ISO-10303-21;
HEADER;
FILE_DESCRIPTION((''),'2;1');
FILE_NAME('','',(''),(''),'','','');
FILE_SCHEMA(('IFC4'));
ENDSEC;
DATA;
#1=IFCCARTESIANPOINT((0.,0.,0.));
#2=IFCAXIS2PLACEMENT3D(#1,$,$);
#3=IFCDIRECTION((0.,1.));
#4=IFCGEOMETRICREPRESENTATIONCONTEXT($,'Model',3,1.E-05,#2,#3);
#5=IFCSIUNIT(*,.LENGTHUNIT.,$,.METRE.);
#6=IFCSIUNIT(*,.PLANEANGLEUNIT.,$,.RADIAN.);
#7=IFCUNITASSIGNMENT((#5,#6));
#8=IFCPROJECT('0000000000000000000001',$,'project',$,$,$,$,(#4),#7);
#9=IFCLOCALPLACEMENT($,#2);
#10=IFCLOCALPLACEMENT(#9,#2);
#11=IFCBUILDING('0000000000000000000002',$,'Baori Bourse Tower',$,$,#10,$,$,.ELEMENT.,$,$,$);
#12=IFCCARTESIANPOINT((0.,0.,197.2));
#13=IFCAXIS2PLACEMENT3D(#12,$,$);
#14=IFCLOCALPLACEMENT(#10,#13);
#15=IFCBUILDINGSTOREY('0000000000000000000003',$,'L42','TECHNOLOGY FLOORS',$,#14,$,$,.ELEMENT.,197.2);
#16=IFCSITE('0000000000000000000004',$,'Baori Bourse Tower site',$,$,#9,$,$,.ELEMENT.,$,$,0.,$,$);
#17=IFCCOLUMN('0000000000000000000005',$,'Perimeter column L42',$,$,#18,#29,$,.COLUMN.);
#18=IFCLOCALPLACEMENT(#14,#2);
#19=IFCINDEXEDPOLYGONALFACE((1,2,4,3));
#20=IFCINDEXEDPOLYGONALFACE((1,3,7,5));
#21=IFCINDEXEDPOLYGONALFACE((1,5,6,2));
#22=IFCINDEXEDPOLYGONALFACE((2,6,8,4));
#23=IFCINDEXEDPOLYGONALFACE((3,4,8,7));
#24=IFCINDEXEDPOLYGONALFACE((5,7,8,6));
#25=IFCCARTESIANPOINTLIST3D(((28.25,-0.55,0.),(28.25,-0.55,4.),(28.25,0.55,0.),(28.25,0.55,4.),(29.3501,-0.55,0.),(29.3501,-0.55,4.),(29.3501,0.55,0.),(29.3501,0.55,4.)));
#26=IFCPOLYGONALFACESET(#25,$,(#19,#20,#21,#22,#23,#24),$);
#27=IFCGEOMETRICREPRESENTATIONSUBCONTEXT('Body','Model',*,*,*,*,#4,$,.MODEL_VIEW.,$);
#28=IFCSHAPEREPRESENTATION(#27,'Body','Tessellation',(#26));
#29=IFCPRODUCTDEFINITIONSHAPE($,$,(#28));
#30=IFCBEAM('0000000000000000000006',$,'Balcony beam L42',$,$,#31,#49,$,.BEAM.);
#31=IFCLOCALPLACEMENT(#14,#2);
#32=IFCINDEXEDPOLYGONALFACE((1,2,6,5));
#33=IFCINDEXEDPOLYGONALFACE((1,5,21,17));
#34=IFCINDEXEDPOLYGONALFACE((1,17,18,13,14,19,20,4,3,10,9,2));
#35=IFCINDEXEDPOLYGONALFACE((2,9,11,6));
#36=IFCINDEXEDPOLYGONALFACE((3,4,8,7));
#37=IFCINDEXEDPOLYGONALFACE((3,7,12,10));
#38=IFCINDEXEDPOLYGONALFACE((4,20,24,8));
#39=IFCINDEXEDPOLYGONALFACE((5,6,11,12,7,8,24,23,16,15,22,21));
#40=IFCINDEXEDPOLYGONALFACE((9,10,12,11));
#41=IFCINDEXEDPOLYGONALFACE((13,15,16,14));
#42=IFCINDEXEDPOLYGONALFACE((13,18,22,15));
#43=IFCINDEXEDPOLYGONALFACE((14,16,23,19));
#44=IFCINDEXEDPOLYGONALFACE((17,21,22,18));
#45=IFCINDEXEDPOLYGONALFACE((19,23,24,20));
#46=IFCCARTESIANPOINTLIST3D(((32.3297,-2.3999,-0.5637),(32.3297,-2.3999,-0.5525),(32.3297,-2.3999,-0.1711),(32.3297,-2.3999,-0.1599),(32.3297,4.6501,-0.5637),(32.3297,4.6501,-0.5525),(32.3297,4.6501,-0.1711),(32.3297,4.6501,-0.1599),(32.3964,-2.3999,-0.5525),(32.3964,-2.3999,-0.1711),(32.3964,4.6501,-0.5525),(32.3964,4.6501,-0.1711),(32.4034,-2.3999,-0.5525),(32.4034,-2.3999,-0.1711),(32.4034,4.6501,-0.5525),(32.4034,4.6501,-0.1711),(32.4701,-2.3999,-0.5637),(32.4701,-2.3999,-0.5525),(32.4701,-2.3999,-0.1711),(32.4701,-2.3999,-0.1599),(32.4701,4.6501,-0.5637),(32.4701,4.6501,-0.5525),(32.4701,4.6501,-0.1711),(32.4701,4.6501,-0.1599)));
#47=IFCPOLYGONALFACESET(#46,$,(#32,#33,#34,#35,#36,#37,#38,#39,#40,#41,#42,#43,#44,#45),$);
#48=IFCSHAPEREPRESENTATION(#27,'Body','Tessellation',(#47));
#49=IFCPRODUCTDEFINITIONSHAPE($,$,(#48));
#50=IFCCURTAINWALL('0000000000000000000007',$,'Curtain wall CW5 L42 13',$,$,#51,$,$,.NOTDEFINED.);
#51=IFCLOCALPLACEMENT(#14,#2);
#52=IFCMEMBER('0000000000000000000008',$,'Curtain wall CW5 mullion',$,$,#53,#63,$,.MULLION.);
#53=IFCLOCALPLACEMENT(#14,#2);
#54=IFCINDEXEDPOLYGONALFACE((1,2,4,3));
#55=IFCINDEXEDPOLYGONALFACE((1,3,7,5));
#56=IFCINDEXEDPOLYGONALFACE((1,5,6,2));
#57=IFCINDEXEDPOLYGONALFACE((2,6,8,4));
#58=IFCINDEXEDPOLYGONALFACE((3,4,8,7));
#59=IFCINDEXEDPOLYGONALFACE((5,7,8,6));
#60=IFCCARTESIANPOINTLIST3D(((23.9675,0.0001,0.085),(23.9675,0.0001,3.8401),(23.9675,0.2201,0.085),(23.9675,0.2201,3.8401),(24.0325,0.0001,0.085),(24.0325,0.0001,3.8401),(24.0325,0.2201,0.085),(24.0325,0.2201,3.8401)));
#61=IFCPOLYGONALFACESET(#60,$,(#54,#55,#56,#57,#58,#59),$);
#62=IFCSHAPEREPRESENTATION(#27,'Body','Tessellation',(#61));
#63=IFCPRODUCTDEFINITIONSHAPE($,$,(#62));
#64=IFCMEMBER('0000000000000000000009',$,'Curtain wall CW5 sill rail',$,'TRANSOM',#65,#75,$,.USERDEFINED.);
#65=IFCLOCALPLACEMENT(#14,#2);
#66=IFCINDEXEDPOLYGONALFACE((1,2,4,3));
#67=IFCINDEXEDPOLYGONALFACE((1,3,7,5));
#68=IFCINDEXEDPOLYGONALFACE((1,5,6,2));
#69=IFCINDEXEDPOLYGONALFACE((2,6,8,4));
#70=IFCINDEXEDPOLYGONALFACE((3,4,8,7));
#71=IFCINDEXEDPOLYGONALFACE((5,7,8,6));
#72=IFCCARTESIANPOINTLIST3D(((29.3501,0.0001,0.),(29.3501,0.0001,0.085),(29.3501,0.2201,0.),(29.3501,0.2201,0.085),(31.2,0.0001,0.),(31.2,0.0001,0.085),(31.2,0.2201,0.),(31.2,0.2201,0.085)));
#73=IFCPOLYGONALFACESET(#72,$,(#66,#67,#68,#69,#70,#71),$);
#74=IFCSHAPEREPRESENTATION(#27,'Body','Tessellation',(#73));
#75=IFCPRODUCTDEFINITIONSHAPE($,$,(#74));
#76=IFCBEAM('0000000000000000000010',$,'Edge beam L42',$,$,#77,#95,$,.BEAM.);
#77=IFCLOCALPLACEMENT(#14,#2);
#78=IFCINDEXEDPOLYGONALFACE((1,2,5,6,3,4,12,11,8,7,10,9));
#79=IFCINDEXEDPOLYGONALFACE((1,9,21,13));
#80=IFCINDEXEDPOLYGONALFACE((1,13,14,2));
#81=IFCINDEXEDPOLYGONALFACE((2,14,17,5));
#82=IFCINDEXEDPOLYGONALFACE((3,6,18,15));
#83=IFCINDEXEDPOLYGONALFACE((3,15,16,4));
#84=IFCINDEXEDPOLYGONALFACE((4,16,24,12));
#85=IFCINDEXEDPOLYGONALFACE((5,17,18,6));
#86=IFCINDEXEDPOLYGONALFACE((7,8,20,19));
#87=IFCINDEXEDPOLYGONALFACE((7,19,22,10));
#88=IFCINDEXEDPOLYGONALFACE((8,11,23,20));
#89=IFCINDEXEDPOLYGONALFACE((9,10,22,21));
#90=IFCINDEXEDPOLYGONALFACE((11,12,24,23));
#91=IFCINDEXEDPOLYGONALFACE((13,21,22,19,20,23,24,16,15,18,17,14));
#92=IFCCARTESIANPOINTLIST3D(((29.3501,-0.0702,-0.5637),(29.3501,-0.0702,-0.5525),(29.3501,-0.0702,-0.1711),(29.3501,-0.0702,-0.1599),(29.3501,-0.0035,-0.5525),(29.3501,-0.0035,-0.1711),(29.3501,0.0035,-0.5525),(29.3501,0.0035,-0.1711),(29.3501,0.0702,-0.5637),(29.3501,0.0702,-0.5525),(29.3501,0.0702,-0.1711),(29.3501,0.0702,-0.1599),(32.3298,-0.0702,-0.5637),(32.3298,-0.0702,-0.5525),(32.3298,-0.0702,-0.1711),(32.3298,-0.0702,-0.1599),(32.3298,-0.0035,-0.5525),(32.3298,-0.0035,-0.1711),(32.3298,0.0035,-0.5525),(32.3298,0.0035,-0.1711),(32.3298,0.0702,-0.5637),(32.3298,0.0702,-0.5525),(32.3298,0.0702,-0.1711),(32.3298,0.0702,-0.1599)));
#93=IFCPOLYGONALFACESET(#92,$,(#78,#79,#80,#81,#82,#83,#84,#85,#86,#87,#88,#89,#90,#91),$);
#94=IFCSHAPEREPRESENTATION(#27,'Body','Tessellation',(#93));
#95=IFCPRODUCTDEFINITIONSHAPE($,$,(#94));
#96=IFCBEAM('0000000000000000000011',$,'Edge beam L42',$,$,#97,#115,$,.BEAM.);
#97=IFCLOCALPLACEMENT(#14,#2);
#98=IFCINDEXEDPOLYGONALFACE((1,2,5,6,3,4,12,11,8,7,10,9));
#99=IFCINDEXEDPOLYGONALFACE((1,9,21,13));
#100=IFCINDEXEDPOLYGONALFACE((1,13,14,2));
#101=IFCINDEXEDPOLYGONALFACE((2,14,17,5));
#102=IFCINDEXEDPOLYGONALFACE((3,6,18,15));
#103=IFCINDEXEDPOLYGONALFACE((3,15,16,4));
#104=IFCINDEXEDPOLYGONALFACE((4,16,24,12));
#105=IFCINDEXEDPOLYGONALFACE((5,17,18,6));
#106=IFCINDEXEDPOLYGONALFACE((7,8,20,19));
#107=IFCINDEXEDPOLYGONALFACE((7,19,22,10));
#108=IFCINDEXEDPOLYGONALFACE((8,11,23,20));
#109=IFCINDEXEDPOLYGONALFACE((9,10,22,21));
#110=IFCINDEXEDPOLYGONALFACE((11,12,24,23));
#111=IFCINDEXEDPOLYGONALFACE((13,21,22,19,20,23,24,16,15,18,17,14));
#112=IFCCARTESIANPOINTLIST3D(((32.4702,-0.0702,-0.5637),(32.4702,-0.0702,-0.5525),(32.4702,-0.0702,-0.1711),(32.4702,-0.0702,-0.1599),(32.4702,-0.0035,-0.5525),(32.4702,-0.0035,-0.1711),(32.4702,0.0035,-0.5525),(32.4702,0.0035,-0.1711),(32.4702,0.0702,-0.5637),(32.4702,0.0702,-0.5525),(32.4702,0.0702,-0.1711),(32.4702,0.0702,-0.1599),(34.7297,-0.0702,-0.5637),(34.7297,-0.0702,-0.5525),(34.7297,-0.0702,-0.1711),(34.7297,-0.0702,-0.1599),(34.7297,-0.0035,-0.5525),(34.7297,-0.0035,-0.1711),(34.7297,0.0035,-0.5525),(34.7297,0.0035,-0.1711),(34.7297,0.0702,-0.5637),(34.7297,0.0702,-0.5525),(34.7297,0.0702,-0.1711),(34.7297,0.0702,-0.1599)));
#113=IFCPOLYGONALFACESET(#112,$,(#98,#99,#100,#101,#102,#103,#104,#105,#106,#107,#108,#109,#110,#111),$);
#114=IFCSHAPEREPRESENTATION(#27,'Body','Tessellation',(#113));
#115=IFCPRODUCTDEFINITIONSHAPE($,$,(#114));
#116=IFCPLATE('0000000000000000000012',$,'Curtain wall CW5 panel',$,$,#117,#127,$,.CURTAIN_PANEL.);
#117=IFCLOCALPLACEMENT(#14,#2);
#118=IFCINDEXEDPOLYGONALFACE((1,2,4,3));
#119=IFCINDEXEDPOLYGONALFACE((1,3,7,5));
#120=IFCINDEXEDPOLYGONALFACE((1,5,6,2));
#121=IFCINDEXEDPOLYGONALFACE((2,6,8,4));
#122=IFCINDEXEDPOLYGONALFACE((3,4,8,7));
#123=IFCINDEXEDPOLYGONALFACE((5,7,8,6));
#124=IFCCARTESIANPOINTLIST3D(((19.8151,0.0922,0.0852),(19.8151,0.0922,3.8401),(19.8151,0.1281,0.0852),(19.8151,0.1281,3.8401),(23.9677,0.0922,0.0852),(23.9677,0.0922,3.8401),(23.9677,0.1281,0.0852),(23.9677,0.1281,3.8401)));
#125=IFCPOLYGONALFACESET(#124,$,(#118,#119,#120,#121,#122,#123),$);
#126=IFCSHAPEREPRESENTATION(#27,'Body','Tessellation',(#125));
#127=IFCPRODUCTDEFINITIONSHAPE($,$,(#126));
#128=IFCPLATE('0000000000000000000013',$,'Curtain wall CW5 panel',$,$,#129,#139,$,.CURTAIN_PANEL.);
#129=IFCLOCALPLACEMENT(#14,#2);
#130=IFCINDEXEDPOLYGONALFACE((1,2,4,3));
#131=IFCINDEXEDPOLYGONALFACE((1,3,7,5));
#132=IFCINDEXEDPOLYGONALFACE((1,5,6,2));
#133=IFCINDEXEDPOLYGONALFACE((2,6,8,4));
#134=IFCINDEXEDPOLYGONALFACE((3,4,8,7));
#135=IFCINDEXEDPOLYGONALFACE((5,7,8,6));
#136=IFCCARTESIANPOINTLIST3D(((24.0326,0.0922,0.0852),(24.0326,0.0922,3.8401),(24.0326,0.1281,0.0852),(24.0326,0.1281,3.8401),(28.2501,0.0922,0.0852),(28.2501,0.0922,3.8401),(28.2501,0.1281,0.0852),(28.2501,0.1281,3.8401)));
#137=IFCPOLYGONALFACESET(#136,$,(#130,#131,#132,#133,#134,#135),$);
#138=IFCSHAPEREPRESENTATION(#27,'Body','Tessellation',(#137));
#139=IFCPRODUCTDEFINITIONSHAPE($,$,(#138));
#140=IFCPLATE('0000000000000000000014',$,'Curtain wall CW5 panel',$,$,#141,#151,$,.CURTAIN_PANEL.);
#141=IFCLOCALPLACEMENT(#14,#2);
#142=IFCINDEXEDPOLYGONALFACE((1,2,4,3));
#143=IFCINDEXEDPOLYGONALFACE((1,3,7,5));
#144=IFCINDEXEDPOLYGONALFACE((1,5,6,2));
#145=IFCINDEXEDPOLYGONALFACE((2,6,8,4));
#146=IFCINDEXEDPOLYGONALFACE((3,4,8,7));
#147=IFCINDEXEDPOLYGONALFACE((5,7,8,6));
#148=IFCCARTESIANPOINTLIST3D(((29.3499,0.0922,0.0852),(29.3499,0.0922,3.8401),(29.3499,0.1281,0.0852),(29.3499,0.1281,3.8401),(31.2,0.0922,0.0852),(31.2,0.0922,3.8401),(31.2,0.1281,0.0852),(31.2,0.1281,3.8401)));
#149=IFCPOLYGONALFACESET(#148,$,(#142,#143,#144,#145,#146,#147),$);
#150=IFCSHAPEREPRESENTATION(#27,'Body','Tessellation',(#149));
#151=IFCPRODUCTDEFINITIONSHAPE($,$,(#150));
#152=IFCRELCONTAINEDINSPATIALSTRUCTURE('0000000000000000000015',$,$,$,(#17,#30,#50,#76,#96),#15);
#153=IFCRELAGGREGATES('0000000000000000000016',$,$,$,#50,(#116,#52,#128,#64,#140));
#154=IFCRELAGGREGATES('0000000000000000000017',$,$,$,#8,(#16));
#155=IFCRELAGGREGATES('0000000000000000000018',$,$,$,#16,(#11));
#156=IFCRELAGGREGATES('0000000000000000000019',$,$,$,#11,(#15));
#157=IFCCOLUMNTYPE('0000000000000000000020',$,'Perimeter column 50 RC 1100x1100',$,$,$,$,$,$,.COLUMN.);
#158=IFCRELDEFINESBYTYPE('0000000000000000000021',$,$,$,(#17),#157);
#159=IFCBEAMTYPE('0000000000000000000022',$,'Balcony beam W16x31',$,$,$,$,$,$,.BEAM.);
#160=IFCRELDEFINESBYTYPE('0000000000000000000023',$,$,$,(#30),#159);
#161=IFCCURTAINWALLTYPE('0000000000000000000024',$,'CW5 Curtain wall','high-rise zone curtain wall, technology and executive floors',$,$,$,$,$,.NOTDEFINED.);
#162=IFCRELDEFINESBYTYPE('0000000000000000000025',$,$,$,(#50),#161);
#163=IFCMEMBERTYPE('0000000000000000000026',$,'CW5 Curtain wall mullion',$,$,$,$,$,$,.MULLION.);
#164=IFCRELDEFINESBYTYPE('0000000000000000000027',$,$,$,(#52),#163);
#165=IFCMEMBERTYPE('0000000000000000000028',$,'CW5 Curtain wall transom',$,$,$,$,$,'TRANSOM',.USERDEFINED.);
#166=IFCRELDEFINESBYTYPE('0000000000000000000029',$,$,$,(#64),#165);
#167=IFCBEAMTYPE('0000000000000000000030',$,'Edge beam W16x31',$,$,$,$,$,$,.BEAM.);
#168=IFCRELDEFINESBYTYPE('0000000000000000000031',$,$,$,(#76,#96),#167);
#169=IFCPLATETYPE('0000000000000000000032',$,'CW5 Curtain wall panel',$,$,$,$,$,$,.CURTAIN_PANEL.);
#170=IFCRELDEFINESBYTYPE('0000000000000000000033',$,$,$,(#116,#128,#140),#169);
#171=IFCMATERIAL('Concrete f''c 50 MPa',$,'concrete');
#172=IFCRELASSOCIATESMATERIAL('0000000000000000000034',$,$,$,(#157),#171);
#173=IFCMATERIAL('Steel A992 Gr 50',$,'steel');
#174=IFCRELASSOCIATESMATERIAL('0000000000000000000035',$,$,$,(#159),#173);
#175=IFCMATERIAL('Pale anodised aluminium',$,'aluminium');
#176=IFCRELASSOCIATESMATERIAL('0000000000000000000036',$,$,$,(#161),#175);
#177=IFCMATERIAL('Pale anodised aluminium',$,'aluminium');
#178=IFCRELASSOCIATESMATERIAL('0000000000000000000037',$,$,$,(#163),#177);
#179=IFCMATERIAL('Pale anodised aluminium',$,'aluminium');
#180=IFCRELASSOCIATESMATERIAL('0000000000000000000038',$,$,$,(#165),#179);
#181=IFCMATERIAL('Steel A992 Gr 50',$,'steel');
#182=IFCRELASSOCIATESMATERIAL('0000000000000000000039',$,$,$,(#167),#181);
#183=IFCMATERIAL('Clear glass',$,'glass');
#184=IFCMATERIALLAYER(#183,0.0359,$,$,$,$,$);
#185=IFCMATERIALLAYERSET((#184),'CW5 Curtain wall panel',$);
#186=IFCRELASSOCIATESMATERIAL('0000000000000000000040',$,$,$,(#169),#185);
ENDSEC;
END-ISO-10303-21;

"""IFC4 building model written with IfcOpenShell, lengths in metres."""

from ifc_helpers import new_model, si_unit, direction, frame, origin, origin_2d, place, context, subcontext, project, spatial, rectangle, i_section, extrude, material, layer, layer_set, material_profile, profile_set, type_object, element, aggregate, save


model = new_model("IFC4")

# Units and contexts
model_context = context("Model", 3, precision=1e-05, world=origin(), true_north=direction((0.0, 1.0)))
body_context = subcontext(model_context, "Body", "Model", "MODEL_VIEW")
ifc_project = project(units=[si_unit("LENGTHUNIT", "METRE"), si_unit("PLANEANGLEUNIT", "RADIAN")], contexts=[model_context])

# Site, building, storey
site_placement = place(None, origin())
site = spatial("IfcSite", under=ifc_project, at=site_placement, Name="Baori Bourse Tower site", CompositionType="ELEMENT", RefElevation=0.0)
building_placement = place(site_placement, origin())
building = spatial("IfcBuilding", under=site, at=building_placement, Name="Baori Bourse Tower", CompositionType="ELEMENT")
storey_placement = place(building_placement, frame((0.0, 0.0, 197.2)))
storey = spatial("IfcBuildingStorey", under=building, at=storey_placement, Name="L42", Description="TECHNOLOGY FLOORS", CompositionType="ELEMENT", Elevation=197.2)

# Column
ifc_material_1 = material(Name="Concrete f'c 50 MPa", Category="concrete")
ifc_material_profile_1 = material_profile(ifc_material_1, rectangle(XDim=1.1001, YDim=1.1001, at=origin_2d()), Name="RC 1100x1100")
ifc_profile_set_1 = profile_set([ifc_material_profile_1], Name="Concrete f'c 50 MPa")
column_type = type_object("IfcColumnType", Name="Perimeter column 50 RC 1100x1100", PredefinedType="COLUMN", material=ifc_profile_set_1)
column_placement = place(storey_placement, frame((28.8, 0.0, 0.0), z_axis=(0.0, 0.0, 1.0), x_axis=(1.0, 0.0, 0.0)))
element("IfcColumn", 1, at=column_placement, inside=storey, type_object=column_type, Name="Perimeter column L42", PredefinedType="COLUMN", context=body_context, shape_type="SweptSolid", body=[
    extrude(rectangle(XDim=1.1001, YDim=1.1001, at=origin_2d()), origin(), (0.0, 0.0, 1.0), 4.0),
])

# Beam
ifc_material_2 = material(Name="Steel A992 Gr 50", Category="steel")
ifc_material_profile_2 = material_profile(ifc_material_2, i_section(OverallWidth=0.1404, OverallDepth=0.4038, WebThickness=0.0071, FlangeThickness=0.0112, at=origin_2d()), Name="W16x31")
ifc_profile_set_2 = profile_set([ifc_material_profile_2], Name="Steel A992 Gr 50")
beam_type_1 = type_object("IfcBeamType", Name="Balcony beam W16x31", PredefinedType="BEAM", material=ifc_profile_set_2)
beam_1_placement = place(storey_placement, frame((32.3999, -2.3999, -0.3618), z_axis=(0.0, 1.0, 0.0), x_axis=(-1.0, 0.0, 0.0)))
element("IfcBeam", 2, at=beam_1_placement, inside=storey, type_object=beam_type_1, Name="Balcony beam L42", PredefinedType="BEAM", context=body_context, shape_type="SweptSolid", body=[
    extrude(i_section(OverallWidth=0.1404, OverallDepth=0.4038, WebThickness=0.0071, FlangeThickness=0.0112, at=origin_2d()), origin(), (0.0, 0.0, 1.0), 7.05),
])

# Curtain wall, members
ifc_material_3 = material(Name="Pale anodised aluminium", Category="aluminium")
curtain_wall_type = type_object("IfcCurtainWallType", Name="CW5 Curtain wall", Description="high-rise zone curtain wall, technology and executive floors", PredefinedType="NOTDEFINED", material=ifc_material_3)
curtain_wall_placement = place(storey_placement, origin())
curtain_wall = element("IfcCurtainWall", 3, at=curtain_wall_placement, inside=storey, type_object=curtain_wall_type, Name="Curtain wall CW5 L42 13", PredefinedType="NOTDEFINED")
ifc_material_4 = material(Name="Pale anodised aluminium", Category="aluminium")
ifc_material_profile_3 = material_profile(ifc_material_4, rectangle(XDim=0.22, YDim=0.0649, at=origin_2d()), Name="Mullion 65x220")
ifc_profile_set_3 = profile_set([ifc_material_profile_3], Name="Pale anodised aluminium")
member_type_1 = type_object("IfcMemberType", Name="CW5 Curtain wall mullion", PredefinedType="MULLION", material=ifc_profile_set_3)
member_1_placement = place(storey_placement, frame((24.0, 0.1101, 0.085), z_axis=(0.0, 0.0, 1.0), x_axis=(0.0, 1.0, 0.0)))
member_1 = element("IfcMember", 4, at=member_1_placement, type_object=member_type_1, Name="Curtain wall CW5 mullion", PredefinedType="MULLION", context=body_context, shape_type="SweptSolid", body=[
    extrude(rectangle(XDim=0.22, YDim=0.0649, at=origin_2d()), origin(), (0.0, 0.0, 1.0), 3.7551),
])
ifc_material_5 = material(Name="Pale anodised aluminium", Category="aluminium")
ifc_material_profile_4 = material_profile(ifc_material_5, rectangle(XDim=0.22, YDim=0.085, at=origin_2d()), Name="Transom 85x220")
ifc_profile_set_4 = profile_set([ifc_material_profile_4], Name="Pale anodised aluminium")
member_type_2 = type_object("IfcMemberType", Name="CW5 Curtain wall transom", ElementType="TRANSOM", PredefinedType="USERDEFINED", material=ifc_profile_set_4)
member_2_placement = place(storey_placement, frame((29.3501, 0.1101, 0.0425), z_axis=(1.0, 0.0, 0.0), x_axis=(0.0, 1.0, 0.0)))
member_2 = element("IfcMember", 5, at=member_2_placement, type_object=member_type_2, Name="Curtain wall CW5 sill rail", ObjectType="TRANSOM", PredefinedType="USERDEFINED", context=body_context, shape_type="SweptSolid", body=[
    extrude(rectangle(XDim=0.22, YDim=0.085, at=origin_2d()), origin(), (0.0, 0.0, 1.0), 1.8499),
])

# Beams
ifc_material_6 = material(Name="Steel A992 Gr 50", Category="steel")
ifc_material_profile_5 = material_profile(ifc_material_6, i_section(OverallWidth=0.1404, OverallDepth=0.4038, WebThickness=0.0071, FlangeThickness=0.0112, at=origin_2d()), Name="W16x31")
ifc_profile_set_5 = profile_set([ifc_material_profile_5], Name="Steel A992 Gr 50")
beam_type_2 = type_object("IfcBeamType", Name="Edge beam W16x31", PredefinedType="BEAM", material=ifc_profile_set_5)
beam_2_placement = place(storey_placement, frame((29.3501, 0.0, -0.3618), z_axis=(1.0, 0.0, 0.0), x_axis=(0.0, 1.0, 0.0)))
element("IfcBeam", 6, at=beam_2_placement, inside=storey, type_object=beam_type_2, Name="Edge beam L42", PredefinedType="BEAM", context=body_context, shape_type="SweptSolid", body=[
    extrude(i_section(OverallWidth=0.1404, OverallDepth=0.4038, WebThickness=0.0071, FlangeThickness=0.0112, at=origin_2d()), origin(), (0.0, 0.0, 1.0), 2.9797),
])
beam_3_placement = place(storey_placement, frame((32.4702, 0.0, -0.3618), z_axis=(1.0, 0.0, 0.0), x_axis=(0.0, 1.0, 0.0)))
element("IfcBeam", 7, at=beam_3_placement, inside=storey, type_object=beam_type_2, Name="Edge beam L42", PredefinedType="BEAM", context=body_context, shape_type="SweptSolid", body=[
    extrude(i_section(OverallWidth=0.1404, OverallDepth=0.4038, WebThickness=0.0071, FlangeThickness=0.0112, at=origin_2d()), origin(), (0.0, 0.0, 1.0), 2.2595),
])

# Plates
ifc_material_7 = material(Name="Clear glass", Category="glass")
ifc_layer_1 = layer(ifc_material_7, 0.0359)
ifc_layer_set_1 = layer_set([ifc_layer_1], Name="CW5 Curtain wall panel")
plate_type = type_object("IfcPlateType", Name="CW5 Curtain wall panel", PredefinedType="CURTAIN_PANEL", material=ifc_layer_set_1)
plate_1_placement = place(storey_placement, frame((21.8914, 0.1101, 0.0852), z_axis=(0.0, 0.0, 1.0), x_axis=(1.0, 0.0, 0.0)))
plate_1 = element("IfcPlate", 8, at=plate_1_placement, type_object=plate_type, Name="Curtain wall CW5 panel", PredefinedType="CURTAIN_PANEL", context=body_context, shape_type="SweptSolid", body=[
    extrude(rectangle(XDim=4.1526, YDim=0.0359, at=origin_2d()), origin(), (0.0, 0.0, 1.0), 3.7549),
])
plate_2_placement = place(storey_placement, frame((26.1414, 0.1101, 0.0852), z_axis=(0.0, 0.0, 1.0), x_axis=(1.0, 0.0, 0.0)))
plate_2 = element("IfcPlate", 9, at=plate_2_placement, type_object=plate_type, Name="Curtain wall CW5 panel", PredefinedType="CURTAIN_PANEL", context=body_context, shape_type="SweptSolid", body=[
    extrude(rectangle(XDim=4.2175, YDim=0.0359, at=origin_2d()), origin(), (0.0, 0.0, 1.0), 3.7549),
])
plate_3_placement = place(storey_placement, frame((30.2749, 0.1101, 0.0852), z_axis=(0.0, 0.0, 1.0), x_axis=(1.0, 0.0, 0.0)))
plate_3 = element("IfcPlate", 10, at=plate_3_placement, type_object=plate_type, Name="Curtain wall CW5 panel", PredefinedType="CURTAIN_PANEL", context=body_context, shape_type="SweptSolid", body=[
    extrude(rectangle(XDim=1.8501, YDim=0.0359, at=origin_2d()), origin(), (0.0, 0.0, 1.0), 3.7549),
])
aggregate(curtain_wall, [plate_1, member_1, plate_2, member_2, plate_3])

save(model, "model.ifc")
